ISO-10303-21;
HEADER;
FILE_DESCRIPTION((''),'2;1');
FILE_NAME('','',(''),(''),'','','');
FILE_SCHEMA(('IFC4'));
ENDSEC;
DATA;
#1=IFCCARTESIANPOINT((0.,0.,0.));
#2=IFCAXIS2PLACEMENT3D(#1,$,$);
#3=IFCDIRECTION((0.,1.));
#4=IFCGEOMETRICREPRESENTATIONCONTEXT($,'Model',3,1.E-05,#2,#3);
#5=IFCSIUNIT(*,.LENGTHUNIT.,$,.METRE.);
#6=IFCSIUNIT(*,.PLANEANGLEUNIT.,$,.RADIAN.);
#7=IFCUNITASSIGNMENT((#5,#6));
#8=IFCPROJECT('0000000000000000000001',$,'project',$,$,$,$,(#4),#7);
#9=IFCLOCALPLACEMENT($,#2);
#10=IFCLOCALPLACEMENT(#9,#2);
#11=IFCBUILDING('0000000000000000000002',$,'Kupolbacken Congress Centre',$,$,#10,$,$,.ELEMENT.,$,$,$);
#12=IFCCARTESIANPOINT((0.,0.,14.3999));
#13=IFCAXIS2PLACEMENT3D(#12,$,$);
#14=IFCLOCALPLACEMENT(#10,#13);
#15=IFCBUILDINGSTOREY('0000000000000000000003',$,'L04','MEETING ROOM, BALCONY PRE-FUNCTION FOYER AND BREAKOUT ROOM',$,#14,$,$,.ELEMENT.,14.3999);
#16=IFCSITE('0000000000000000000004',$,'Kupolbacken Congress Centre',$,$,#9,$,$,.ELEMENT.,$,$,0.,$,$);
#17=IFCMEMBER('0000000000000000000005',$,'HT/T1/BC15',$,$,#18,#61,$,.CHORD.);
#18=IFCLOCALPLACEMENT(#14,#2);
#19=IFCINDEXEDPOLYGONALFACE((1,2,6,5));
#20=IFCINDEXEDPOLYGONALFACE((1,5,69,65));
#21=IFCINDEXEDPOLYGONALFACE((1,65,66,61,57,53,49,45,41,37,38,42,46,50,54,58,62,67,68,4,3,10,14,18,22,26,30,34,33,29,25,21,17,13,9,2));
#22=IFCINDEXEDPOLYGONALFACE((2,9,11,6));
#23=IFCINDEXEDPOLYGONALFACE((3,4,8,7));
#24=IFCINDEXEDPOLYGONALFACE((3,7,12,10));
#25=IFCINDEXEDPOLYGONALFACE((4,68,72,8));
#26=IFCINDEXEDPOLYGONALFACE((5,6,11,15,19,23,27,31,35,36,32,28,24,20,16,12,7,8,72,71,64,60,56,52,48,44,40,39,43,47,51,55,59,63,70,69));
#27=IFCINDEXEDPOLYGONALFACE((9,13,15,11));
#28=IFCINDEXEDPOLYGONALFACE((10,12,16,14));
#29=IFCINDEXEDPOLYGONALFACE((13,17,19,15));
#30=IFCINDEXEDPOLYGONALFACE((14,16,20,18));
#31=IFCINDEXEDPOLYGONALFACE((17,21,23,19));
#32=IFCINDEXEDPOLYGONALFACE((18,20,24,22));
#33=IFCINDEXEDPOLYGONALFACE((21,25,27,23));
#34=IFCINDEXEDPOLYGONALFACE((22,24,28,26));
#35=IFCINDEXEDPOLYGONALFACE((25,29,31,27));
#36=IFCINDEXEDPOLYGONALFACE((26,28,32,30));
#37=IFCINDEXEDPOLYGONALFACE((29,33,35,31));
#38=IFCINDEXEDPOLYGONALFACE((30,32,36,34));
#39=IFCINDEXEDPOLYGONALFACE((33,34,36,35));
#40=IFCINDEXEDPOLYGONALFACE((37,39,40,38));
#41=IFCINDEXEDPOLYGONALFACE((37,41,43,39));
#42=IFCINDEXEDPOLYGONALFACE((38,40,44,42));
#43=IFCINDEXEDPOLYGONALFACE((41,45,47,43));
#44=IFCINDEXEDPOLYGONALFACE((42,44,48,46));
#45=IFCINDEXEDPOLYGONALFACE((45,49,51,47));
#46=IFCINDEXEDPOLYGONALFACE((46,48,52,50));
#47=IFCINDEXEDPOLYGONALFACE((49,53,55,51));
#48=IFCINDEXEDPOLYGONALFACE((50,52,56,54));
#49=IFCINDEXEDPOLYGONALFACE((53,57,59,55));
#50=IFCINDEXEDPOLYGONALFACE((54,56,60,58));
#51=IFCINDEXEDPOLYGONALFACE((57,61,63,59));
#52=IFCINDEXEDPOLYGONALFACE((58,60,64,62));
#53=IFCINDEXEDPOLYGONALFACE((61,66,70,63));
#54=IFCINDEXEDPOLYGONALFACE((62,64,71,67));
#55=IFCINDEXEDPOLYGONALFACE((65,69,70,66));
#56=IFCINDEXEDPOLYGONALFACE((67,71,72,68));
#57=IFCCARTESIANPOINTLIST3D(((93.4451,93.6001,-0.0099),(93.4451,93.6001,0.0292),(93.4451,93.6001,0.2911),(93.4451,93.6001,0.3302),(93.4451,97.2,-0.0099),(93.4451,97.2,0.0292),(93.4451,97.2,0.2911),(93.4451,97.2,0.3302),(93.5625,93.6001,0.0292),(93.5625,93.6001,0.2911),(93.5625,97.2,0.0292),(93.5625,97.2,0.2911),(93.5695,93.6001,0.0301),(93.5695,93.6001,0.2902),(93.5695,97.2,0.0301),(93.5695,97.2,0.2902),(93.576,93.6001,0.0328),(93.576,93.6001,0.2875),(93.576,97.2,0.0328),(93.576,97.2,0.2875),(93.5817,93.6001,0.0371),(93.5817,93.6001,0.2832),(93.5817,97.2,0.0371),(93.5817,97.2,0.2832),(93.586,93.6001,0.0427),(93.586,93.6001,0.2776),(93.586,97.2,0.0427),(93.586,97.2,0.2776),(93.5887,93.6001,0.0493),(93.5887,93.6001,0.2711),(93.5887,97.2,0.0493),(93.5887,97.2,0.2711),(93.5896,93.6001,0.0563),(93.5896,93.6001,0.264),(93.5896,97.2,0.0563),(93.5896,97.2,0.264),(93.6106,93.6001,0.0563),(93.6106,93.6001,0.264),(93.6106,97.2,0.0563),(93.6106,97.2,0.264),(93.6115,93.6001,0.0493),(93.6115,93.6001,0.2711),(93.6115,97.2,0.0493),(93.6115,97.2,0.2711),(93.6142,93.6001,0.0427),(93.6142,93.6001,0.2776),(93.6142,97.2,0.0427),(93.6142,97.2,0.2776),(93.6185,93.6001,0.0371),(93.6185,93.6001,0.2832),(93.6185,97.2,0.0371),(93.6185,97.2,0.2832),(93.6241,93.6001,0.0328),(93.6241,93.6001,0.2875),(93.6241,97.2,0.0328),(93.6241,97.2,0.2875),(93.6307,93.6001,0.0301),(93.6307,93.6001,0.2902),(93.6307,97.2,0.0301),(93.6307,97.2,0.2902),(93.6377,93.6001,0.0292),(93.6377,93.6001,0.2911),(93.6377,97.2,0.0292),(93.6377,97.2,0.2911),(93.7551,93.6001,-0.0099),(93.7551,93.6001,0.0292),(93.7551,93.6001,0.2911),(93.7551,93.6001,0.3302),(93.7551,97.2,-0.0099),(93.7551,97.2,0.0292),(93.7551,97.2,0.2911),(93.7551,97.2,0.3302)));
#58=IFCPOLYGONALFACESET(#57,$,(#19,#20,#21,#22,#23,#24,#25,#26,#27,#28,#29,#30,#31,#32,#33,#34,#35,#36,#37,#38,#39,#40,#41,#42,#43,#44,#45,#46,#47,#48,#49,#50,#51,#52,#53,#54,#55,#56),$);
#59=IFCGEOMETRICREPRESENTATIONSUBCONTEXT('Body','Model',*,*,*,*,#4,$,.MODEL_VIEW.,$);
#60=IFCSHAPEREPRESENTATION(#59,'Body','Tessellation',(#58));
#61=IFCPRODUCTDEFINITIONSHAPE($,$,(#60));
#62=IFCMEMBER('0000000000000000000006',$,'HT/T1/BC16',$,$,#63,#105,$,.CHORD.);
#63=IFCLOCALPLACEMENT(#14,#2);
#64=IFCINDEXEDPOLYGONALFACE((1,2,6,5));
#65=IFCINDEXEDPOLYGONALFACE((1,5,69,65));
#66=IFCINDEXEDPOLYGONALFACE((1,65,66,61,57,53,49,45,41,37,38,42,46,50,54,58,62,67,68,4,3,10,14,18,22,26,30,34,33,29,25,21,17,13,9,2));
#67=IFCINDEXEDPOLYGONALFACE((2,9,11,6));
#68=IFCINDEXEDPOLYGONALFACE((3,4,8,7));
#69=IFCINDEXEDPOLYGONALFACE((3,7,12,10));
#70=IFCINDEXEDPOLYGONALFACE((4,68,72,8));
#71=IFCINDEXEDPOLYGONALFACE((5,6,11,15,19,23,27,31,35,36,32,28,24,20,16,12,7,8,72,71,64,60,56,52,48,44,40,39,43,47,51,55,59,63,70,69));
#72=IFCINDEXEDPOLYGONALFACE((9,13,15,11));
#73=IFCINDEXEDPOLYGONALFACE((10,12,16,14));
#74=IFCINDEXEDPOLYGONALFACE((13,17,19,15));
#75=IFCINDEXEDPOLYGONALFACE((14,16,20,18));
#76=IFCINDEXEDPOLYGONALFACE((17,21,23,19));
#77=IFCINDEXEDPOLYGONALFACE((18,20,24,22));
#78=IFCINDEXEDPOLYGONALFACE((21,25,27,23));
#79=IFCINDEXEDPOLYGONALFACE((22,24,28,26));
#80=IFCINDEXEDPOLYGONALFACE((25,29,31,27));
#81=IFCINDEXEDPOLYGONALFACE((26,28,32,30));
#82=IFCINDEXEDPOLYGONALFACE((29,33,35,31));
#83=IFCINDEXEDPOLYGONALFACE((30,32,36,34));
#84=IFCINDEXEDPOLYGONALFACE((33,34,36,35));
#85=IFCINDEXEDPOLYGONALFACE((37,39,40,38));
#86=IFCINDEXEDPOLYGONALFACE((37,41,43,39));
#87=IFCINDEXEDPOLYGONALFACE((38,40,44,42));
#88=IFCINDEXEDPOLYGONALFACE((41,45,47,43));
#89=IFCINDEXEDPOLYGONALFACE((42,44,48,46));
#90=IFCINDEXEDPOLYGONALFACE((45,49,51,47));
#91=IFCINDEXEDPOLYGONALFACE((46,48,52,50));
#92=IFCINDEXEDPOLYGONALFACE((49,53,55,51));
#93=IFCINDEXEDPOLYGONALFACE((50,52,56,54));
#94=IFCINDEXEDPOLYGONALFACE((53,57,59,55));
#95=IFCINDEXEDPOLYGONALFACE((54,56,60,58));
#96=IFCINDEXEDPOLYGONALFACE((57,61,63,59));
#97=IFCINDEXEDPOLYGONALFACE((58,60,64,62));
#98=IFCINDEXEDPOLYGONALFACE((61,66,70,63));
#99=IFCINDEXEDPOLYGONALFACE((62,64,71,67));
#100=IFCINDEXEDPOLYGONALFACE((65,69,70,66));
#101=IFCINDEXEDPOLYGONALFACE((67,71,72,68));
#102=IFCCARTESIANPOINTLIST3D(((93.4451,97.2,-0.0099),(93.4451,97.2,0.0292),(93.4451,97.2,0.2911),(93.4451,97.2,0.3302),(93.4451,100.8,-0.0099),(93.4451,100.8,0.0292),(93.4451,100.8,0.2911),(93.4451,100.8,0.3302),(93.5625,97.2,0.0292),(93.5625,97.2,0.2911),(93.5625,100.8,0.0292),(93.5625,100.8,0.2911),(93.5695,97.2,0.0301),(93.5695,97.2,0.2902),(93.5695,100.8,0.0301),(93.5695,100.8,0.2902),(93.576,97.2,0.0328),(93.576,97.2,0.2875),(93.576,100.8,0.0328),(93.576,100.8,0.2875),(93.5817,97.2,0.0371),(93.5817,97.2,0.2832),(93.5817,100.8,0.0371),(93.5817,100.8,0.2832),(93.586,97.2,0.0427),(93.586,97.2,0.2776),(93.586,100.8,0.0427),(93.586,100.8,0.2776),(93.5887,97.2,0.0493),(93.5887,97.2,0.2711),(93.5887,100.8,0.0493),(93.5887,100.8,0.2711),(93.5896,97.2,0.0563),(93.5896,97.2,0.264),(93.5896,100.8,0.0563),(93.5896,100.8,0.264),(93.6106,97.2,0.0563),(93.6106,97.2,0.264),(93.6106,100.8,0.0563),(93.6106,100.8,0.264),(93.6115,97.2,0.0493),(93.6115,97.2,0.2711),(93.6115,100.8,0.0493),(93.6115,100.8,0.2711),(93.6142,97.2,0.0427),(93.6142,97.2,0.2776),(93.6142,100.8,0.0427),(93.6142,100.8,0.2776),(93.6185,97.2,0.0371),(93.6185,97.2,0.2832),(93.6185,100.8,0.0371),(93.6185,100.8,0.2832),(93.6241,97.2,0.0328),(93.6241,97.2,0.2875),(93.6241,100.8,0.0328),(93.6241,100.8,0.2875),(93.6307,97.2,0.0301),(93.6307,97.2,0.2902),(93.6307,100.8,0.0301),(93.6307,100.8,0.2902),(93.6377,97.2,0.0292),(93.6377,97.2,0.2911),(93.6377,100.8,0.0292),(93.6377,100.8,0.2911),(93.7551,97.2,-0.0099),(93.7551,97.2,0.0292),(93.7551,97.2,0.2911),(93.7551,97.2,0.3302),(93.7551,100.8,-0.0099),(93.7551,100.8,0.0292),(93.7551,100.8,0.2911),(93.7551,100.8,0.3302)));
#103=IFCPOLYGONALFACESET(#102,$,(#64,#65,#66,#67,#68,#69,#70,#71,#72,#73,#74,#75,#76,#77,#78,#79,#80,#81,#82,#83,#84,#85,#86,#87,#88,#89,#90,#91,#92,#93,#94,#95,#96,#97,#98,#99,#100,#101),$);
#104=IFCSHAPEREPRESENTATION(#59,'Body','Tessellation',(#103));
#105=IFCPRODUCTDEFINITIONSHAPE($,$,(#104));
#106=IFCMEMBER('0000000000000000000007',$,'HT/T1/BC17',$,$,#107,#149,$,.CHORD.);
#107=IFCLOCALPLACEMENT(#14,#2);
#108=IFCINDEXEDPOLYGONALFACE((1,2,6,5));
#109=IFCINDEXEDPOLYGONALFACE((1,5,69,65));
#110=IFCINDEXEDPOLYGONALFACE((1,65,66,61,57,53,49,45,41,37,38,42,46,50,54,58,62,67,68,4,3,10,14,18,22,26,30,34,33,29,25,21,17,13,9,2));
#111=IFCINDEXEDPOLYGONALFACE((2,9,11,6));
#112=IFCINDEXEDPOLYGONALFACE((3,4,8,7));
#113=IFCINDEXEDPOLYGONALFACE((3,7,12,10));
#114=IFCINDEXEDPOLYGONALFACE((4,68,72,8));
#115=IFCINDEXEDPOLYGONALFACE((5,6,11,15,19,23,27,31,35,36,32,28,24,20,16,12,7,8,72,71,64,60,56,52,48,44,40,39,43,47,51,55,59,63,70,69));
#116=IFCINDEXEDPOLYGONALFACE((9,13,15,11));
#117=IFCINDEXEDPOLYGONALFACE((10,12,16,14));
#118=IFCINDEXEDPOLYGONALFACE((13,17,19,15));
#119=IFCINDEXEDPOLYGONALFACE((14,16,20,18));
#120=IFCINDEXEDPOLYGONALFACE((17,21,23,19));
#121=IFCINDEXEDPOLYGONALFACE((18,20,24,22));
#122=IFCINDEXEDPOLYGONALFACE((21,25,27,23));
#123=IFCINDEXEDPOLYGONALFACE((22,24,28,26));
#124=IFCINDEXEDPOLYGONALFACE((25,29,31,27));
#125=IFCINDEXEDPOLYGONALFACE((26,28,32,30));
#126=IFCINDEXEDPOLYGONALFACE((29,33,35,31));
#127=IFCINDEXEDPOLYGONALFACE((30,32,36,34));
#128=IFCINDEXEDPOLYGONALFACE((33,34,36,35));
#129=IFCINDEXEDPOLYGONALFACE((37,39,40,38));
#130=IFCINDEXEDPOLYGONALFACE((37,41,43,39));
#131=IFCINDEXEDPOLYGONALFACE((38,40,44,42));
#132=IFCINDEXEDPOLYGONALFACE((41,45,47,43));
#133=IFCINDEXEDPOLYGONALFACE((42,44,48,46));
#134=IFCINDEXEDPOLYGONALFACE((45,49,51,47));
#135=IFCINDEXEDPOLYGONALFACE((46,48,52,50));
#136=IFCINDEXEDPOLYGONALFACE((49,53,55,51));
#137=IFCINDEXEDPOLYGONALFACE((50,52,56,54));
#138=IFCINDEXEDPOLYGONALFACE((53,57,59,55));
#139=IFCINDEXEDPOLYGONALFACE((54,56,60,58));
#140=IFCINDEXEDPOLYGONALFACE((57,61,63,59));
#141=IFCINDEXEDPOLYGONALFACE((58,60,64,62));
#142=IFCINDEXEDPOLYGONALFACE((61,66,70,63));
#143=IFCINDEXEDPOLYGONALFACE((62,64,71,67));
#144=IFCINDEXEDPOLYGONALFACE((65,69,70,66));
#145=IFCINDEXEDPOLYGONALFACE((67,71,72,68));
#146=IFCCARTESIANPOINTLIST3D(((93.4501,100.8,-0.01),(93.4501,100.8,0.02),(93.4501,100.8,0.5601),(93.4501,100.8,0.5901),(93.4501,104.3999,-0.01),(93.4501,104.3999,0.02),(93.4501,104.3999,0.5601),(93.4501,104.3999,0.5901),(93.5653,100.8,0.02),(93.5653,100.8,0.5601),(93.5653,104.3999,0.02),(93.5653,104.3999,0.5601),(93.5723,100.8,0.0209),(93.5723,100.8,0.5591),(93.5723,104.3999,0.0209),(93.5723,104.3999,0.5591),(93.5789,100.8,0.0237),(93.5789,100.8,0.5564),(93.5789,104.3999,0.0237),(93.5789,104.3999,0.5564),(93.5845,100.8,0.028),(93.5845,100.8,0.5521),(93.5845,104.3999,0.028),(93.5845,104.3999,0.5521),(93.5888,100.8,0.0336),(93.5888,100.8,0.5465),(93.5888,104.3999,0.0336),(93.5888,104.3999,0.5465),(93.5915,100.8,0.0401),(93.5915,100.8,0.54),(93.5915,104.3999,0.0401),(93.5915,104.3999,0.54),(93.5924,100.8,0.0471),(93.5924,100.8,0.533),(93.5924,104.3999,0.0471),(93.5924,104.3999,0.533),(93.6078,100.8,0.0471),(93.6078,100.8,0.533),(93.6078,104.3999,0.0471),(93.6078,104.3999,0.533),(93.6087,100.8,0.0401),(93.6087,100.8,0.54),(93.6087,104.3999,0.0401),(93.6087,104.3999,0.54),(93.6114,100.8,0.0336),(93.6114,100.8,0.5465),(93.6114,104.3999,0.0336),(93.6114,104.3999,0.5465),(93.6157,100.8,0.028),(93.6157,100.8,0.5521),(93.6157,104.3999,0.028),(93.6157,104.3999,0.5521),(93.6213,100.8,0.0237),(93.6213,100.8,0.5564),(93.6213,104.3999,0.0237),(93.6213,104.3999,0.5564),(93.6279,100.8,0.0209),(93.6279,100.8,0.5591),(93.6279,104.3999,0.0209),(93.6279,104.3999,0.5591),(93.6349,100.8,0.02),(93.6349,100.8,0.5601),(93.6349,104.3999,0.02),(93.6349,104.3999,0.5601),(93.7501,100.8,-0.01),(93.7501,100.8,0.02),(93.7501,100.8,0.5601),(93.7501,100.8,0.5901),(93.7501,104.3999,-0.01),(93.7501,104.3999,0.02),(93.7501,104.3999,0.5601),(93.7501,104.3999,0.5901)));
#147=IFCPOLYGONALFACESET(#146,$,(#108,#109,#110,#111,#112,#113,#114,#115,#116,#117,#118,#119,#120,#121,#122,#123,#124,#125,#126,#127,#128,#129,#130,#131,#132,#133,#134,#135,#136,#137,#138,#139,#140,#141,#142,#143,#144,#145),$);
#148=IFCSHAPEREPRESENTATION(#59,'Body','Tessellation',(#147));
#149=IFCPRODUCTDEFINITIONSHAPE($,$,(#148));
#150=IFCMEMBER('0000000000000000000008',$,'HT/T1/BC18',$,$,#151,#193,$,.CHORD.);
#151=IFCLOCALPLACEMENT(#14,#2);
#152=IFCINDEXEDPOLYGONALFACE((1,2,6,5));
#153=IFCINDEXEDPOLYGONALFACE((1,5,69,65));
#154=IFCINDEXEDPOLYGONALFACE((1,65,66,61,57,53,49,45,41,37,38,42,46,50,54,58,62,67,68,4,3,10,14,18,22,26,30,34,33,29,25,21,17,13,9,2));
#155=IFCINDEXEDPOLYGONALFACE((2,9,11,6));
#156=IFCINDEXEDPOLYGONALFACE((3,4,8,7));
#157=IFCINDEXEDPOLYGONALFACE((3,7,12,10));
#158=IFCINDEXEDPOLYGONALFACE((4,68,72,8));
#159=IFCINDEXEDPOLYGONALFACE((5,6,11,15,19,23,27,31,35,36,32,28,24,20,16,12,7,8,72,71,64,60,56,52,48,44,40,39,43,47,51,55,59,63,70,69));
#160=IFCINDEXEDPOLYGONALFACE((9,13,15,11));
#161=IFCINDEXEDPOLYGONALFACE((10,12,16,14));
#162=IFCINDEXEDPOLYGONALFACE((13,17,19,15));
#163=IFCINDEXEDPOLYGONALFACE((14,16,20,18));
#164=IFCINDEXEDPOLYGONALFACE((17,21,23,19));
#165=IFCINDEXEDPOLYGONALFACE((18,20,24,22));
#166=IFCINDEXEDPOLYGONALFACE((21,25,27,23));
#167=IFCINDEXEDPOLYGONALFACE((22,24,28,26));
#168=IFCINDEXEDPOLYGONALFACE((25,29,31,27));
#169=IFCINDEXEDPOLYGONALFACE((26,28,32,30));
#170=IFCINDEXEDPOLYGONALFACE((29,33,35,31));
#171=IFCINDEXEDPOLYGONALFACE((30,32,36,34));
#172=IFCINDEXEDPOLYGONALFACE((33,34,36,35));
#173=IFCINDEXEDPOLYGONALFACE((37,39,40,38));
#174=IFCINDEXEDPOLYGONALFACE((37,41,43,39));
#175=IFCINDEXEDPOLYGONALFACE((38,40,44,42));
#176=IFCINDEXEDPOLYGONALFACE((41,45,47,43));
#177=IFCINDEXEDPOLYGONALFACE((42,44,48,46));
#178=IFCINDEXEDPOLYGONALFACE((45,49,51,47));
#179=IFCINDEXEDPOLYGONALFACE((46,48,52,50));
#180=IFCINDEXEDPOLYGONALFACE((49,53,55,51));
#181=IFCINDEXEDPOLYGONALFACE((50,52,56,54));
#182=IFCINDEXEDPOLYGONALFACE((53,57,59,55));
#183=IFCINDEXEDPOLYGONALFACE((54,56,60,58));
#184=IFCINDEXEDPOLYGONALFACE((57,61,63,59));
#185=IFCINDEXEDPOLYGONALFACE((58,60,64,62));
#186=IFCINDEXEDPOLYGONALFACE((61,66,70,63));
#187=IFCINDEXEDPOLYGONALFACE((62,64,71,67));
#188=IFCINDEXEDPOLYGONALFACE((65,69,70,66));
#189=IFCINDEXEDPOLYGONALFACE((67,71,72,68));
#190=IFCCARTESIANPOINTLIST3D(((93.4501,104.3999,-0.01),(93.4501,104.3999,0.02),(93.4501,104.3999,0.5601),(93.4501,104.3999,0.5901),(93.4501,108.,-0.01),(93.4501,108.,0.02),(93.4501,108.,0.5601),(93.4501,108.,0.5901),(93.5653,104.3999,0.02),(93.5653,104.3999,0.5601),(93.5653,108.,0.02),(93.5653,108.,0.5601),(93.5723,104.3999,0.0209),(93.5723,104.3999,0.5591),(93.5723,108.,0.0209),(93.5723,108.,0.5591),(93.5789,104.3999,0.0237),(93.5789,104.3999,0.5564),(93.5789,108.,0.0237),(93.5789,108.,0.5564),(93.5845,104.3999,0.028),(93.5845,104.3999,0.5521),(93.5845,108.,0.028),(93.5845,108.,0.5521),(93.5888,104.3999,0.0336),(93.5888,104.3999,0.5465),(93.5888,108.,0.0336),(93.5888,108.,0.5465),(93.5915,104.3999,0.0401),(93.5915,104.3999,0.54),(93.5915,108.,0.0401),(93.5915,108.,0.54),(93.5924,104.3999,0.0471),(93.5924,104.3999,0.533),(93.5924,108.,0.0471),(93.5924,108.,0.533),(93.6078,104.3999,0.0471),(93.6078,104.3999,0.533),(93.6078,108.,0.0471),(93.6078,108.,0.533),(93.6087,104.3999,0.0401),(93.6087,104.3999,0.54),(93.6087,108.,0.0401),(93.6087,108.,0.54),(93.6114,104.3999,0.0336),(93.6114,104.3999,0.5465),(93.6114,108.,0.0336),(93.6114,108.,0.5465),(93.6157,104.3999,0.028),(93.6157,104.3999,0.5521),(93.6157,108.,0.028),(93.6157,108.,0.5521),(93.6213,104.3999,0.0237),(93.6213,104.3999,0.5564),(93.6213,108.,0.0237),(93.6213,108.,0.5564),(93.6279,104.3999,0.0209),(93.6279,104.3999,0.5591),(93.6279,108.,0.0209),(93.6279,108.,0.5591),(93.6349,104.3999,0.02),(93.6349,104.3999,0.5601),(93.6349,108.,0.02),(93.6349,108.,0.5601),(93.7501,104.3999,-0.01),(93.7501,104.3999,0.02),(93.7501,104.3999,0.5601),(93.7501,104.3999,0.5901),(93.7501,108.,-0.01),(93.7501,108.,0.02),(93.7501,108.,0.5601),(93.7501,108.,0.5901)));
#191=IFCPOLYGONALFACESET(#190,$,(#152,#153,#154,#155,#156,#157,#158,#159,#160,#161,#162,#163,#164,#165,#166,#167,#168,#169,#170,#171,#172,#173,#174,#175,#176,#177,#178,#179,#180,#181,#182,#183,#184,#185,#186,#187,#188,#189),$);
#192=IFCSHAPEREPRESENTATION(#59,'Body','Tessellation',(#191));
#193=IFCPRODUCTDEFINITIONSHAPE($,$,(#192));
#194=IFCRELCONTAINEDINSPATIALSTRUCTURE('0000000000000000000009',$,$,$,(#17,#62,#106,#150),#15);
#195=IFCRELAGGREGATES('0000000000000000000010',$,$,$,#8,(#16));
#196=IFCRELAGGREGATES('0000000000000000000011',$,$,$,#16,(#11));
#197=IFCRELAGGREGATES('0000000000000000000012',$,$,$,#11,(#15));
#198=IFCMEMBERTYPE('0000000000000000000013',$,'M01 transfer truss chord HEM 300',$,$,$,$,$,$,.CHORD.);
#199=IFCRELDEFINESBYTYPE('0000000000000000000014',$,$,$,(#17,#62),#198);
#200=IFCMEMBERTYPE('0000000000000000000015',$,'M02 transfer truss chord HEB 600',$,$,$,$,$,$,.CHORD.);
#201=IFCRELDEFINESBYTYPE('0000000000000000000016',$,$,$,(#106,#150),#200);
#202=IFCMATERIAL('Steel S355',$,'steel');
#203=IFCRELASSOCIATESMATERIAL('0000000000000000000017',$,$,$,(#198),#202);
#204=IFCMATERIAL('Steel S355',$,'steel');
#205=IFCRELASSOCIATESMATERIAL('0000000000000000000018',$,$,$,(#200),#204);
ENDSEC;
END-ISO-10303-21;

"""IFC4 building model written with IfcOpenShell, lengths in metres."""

from ifc_helpers import new_model, si_unit, direction, frame, origin, origin_2d, place, context, subcontext, project, spatial, i_section, extrude, material, material_profile, profile_set, type_object, element, save


model = new_model("IFC4")

# Units and contexts
model_context = context("Model", 3, precision=1e-05, world=origin(), true_north=direction((0.0, 1.0)))
body_context = subcontext(model_context, "Body", "Model", "MODEL_VIEW")
ifc_project = project(units=[si_unit("LENGTHUNIT", "METRE"), si_unit("PLANEANGLEUNIT", "RADIAN")], contexts=[model_context])

# Site, building, storey
site_placement = place(None, origin())
site = spatial("IfcSite", under=ifc_project, at=site_placement, Name="Kupolbacken Congress Centre", CompositionType="ELEMENT", RefElevation=0.0)
building_placement = place(site_placement, origin())
building = spatial("IfcBuilding", under=site, at=building_placement, Name="Kupolbacken Congress Centre", CompositionType="ELEMENT")
storey_placement = place(building_placement, frame((0.0, 0.0, 14.3999)))
storey = spatial("IfcBuildingStorey", under=building, at=storey_placement, Name="L04", Description="MEETING ROOM, BALCONY PRE-FUNCTION FOYER AND BREAKOUT ROOM", CompositionType="ELEMENT", Elevation=14.3999)

# Members
ifc_material_1 = material(Name="Steel S355", Category="steel")
ifc_material_profile_1 = material_profile(ifc_material_1, i_section(OverallWidth=0.3101, OverallDepth=0.3401, WebThickness=0.021, FlangeThickness=0.0391, FilletRadius=0.0271, at=origin_2d()), Name="HEM 300")
ifc_profile_set_1 = profile_set([ifc_material_profile_1], Name="Steel S355")
member_type_1 = type_object("IfcMemberType", Name="M01 transfer truss chord HEM 300", PredefinedType="CHORD", material=ifc_profile_set_1)
member_1_placement = place(storey_placement, frame((93.6001, 93.6001, 0.1602), z_axis=(0.0, 1.0, 0.0), x_axis=(-1.0, 0.0, 0.0)))
element("IfcMember", 1, at=member_1_placement, inside=storey, type_object=member_type_1, Name="HT/T1/BC15", PredefinedType="CHORD", context=body_context, shape_type="SweptSolid", body=[
    extrude(i_section(OverallWidth=0.3101, OverallDepth=0.3401, WebThickness=0.021, FlangeThickness=0.0391, FilletRadius=0.0271, at=origin_2d()), origin(), (0.0, 0.0, 1.0), 3.5999),
])
member_2_placement = place(storey_placement, frame((93.6001, 97.2, 0.1602), z_axis=(0.0, 1.0, 0.0), x_axis=(-1.0, 0.0, 0.0)))
element("IfcMember", 2, at=member_2_placement, inside=storey, type_object=member_type_1, Name="HT/T1/BC16", PredefinedType="CHORD", context=body_context, shape_type="SweptSolid", body=[
    extrude(i_section(OverallWidth=0.3101, OverallDepth=0.3401, WebThickness=0.021, FlangeThickness=0.0391, FilletRadius=0.0271, at=origin_2d()), origin(), (0.0, 0.0, 1.0), 3.6001),
])
ifc_material_2 = material(Name="Steel S355", Category="steel")
ifc_material_profile_2 = material_profile(ifc_material_2, i_section(OverallWidth=0.3, OverallDepth=0.6001, WebThickness=0.0154, FlangeThickness=0.03, FilletRadius=0.0271, at=origin_2d()), Name="HEB 600")
ifc_profile_set_2 = profile_set([ifc_material_profile_2], Name="Steel S355")
member_type_2 = type_object("IfcMemberType", Name="M02 transfer truss chord HEB 600", PredefinedType="CHORD", material=ifc_profile_set_2)
member_3_placement = place(storey_placement, frame((93.6001, 100.8, 0.29), z_axis=(0.0, 1.0, 0.0), x_axis=(-1.0, 0.0, 0.0)))
element("IfcMember", 3, at=member_3_placement, inside=storey, type_object=member_type_2, Name="HT/T1/BC17", PredefinedType="CHORD", context=body_context, shape_type="SweptSolid", body=[
    extrude(i_section(OverallWidth=0.3, OverallDepth=0.6001, WebThickness=0.0154, FlangeThickness=0.03, FilletRadius=0.0271, at=origin_2d()), origin(), (0.0, 0.0, 1.0), 3.5999),
])
for number, where, z_axis, x_axis, name in (
    (4, (93.6001, 104.3999, 0.29), (0.0, 1.0, 0.0), (-1.0, 0.0, 0.0), "HT/T1/BC18"),
):
    element("IfcMember", number, at=place(storey_placement, frame(where, z_axis=z_axis, x_axis=x_axis)), inside=storey, type_object=member_type_2, Name=name, PredefinedType="CHORD", context=body_context, shape_type="SweptSolid", body=[
        extrude(i_section(OverallWidth=0.3, OverallDepth=0.6001, WebThickness=0.0154, FlangeThickness=0.03, FilletRadius=0.0271, at=origin_2d()), origin(), (0.0, 0.0, 1.0), 3.6001),
    ])

save(model, "model.ifc")
